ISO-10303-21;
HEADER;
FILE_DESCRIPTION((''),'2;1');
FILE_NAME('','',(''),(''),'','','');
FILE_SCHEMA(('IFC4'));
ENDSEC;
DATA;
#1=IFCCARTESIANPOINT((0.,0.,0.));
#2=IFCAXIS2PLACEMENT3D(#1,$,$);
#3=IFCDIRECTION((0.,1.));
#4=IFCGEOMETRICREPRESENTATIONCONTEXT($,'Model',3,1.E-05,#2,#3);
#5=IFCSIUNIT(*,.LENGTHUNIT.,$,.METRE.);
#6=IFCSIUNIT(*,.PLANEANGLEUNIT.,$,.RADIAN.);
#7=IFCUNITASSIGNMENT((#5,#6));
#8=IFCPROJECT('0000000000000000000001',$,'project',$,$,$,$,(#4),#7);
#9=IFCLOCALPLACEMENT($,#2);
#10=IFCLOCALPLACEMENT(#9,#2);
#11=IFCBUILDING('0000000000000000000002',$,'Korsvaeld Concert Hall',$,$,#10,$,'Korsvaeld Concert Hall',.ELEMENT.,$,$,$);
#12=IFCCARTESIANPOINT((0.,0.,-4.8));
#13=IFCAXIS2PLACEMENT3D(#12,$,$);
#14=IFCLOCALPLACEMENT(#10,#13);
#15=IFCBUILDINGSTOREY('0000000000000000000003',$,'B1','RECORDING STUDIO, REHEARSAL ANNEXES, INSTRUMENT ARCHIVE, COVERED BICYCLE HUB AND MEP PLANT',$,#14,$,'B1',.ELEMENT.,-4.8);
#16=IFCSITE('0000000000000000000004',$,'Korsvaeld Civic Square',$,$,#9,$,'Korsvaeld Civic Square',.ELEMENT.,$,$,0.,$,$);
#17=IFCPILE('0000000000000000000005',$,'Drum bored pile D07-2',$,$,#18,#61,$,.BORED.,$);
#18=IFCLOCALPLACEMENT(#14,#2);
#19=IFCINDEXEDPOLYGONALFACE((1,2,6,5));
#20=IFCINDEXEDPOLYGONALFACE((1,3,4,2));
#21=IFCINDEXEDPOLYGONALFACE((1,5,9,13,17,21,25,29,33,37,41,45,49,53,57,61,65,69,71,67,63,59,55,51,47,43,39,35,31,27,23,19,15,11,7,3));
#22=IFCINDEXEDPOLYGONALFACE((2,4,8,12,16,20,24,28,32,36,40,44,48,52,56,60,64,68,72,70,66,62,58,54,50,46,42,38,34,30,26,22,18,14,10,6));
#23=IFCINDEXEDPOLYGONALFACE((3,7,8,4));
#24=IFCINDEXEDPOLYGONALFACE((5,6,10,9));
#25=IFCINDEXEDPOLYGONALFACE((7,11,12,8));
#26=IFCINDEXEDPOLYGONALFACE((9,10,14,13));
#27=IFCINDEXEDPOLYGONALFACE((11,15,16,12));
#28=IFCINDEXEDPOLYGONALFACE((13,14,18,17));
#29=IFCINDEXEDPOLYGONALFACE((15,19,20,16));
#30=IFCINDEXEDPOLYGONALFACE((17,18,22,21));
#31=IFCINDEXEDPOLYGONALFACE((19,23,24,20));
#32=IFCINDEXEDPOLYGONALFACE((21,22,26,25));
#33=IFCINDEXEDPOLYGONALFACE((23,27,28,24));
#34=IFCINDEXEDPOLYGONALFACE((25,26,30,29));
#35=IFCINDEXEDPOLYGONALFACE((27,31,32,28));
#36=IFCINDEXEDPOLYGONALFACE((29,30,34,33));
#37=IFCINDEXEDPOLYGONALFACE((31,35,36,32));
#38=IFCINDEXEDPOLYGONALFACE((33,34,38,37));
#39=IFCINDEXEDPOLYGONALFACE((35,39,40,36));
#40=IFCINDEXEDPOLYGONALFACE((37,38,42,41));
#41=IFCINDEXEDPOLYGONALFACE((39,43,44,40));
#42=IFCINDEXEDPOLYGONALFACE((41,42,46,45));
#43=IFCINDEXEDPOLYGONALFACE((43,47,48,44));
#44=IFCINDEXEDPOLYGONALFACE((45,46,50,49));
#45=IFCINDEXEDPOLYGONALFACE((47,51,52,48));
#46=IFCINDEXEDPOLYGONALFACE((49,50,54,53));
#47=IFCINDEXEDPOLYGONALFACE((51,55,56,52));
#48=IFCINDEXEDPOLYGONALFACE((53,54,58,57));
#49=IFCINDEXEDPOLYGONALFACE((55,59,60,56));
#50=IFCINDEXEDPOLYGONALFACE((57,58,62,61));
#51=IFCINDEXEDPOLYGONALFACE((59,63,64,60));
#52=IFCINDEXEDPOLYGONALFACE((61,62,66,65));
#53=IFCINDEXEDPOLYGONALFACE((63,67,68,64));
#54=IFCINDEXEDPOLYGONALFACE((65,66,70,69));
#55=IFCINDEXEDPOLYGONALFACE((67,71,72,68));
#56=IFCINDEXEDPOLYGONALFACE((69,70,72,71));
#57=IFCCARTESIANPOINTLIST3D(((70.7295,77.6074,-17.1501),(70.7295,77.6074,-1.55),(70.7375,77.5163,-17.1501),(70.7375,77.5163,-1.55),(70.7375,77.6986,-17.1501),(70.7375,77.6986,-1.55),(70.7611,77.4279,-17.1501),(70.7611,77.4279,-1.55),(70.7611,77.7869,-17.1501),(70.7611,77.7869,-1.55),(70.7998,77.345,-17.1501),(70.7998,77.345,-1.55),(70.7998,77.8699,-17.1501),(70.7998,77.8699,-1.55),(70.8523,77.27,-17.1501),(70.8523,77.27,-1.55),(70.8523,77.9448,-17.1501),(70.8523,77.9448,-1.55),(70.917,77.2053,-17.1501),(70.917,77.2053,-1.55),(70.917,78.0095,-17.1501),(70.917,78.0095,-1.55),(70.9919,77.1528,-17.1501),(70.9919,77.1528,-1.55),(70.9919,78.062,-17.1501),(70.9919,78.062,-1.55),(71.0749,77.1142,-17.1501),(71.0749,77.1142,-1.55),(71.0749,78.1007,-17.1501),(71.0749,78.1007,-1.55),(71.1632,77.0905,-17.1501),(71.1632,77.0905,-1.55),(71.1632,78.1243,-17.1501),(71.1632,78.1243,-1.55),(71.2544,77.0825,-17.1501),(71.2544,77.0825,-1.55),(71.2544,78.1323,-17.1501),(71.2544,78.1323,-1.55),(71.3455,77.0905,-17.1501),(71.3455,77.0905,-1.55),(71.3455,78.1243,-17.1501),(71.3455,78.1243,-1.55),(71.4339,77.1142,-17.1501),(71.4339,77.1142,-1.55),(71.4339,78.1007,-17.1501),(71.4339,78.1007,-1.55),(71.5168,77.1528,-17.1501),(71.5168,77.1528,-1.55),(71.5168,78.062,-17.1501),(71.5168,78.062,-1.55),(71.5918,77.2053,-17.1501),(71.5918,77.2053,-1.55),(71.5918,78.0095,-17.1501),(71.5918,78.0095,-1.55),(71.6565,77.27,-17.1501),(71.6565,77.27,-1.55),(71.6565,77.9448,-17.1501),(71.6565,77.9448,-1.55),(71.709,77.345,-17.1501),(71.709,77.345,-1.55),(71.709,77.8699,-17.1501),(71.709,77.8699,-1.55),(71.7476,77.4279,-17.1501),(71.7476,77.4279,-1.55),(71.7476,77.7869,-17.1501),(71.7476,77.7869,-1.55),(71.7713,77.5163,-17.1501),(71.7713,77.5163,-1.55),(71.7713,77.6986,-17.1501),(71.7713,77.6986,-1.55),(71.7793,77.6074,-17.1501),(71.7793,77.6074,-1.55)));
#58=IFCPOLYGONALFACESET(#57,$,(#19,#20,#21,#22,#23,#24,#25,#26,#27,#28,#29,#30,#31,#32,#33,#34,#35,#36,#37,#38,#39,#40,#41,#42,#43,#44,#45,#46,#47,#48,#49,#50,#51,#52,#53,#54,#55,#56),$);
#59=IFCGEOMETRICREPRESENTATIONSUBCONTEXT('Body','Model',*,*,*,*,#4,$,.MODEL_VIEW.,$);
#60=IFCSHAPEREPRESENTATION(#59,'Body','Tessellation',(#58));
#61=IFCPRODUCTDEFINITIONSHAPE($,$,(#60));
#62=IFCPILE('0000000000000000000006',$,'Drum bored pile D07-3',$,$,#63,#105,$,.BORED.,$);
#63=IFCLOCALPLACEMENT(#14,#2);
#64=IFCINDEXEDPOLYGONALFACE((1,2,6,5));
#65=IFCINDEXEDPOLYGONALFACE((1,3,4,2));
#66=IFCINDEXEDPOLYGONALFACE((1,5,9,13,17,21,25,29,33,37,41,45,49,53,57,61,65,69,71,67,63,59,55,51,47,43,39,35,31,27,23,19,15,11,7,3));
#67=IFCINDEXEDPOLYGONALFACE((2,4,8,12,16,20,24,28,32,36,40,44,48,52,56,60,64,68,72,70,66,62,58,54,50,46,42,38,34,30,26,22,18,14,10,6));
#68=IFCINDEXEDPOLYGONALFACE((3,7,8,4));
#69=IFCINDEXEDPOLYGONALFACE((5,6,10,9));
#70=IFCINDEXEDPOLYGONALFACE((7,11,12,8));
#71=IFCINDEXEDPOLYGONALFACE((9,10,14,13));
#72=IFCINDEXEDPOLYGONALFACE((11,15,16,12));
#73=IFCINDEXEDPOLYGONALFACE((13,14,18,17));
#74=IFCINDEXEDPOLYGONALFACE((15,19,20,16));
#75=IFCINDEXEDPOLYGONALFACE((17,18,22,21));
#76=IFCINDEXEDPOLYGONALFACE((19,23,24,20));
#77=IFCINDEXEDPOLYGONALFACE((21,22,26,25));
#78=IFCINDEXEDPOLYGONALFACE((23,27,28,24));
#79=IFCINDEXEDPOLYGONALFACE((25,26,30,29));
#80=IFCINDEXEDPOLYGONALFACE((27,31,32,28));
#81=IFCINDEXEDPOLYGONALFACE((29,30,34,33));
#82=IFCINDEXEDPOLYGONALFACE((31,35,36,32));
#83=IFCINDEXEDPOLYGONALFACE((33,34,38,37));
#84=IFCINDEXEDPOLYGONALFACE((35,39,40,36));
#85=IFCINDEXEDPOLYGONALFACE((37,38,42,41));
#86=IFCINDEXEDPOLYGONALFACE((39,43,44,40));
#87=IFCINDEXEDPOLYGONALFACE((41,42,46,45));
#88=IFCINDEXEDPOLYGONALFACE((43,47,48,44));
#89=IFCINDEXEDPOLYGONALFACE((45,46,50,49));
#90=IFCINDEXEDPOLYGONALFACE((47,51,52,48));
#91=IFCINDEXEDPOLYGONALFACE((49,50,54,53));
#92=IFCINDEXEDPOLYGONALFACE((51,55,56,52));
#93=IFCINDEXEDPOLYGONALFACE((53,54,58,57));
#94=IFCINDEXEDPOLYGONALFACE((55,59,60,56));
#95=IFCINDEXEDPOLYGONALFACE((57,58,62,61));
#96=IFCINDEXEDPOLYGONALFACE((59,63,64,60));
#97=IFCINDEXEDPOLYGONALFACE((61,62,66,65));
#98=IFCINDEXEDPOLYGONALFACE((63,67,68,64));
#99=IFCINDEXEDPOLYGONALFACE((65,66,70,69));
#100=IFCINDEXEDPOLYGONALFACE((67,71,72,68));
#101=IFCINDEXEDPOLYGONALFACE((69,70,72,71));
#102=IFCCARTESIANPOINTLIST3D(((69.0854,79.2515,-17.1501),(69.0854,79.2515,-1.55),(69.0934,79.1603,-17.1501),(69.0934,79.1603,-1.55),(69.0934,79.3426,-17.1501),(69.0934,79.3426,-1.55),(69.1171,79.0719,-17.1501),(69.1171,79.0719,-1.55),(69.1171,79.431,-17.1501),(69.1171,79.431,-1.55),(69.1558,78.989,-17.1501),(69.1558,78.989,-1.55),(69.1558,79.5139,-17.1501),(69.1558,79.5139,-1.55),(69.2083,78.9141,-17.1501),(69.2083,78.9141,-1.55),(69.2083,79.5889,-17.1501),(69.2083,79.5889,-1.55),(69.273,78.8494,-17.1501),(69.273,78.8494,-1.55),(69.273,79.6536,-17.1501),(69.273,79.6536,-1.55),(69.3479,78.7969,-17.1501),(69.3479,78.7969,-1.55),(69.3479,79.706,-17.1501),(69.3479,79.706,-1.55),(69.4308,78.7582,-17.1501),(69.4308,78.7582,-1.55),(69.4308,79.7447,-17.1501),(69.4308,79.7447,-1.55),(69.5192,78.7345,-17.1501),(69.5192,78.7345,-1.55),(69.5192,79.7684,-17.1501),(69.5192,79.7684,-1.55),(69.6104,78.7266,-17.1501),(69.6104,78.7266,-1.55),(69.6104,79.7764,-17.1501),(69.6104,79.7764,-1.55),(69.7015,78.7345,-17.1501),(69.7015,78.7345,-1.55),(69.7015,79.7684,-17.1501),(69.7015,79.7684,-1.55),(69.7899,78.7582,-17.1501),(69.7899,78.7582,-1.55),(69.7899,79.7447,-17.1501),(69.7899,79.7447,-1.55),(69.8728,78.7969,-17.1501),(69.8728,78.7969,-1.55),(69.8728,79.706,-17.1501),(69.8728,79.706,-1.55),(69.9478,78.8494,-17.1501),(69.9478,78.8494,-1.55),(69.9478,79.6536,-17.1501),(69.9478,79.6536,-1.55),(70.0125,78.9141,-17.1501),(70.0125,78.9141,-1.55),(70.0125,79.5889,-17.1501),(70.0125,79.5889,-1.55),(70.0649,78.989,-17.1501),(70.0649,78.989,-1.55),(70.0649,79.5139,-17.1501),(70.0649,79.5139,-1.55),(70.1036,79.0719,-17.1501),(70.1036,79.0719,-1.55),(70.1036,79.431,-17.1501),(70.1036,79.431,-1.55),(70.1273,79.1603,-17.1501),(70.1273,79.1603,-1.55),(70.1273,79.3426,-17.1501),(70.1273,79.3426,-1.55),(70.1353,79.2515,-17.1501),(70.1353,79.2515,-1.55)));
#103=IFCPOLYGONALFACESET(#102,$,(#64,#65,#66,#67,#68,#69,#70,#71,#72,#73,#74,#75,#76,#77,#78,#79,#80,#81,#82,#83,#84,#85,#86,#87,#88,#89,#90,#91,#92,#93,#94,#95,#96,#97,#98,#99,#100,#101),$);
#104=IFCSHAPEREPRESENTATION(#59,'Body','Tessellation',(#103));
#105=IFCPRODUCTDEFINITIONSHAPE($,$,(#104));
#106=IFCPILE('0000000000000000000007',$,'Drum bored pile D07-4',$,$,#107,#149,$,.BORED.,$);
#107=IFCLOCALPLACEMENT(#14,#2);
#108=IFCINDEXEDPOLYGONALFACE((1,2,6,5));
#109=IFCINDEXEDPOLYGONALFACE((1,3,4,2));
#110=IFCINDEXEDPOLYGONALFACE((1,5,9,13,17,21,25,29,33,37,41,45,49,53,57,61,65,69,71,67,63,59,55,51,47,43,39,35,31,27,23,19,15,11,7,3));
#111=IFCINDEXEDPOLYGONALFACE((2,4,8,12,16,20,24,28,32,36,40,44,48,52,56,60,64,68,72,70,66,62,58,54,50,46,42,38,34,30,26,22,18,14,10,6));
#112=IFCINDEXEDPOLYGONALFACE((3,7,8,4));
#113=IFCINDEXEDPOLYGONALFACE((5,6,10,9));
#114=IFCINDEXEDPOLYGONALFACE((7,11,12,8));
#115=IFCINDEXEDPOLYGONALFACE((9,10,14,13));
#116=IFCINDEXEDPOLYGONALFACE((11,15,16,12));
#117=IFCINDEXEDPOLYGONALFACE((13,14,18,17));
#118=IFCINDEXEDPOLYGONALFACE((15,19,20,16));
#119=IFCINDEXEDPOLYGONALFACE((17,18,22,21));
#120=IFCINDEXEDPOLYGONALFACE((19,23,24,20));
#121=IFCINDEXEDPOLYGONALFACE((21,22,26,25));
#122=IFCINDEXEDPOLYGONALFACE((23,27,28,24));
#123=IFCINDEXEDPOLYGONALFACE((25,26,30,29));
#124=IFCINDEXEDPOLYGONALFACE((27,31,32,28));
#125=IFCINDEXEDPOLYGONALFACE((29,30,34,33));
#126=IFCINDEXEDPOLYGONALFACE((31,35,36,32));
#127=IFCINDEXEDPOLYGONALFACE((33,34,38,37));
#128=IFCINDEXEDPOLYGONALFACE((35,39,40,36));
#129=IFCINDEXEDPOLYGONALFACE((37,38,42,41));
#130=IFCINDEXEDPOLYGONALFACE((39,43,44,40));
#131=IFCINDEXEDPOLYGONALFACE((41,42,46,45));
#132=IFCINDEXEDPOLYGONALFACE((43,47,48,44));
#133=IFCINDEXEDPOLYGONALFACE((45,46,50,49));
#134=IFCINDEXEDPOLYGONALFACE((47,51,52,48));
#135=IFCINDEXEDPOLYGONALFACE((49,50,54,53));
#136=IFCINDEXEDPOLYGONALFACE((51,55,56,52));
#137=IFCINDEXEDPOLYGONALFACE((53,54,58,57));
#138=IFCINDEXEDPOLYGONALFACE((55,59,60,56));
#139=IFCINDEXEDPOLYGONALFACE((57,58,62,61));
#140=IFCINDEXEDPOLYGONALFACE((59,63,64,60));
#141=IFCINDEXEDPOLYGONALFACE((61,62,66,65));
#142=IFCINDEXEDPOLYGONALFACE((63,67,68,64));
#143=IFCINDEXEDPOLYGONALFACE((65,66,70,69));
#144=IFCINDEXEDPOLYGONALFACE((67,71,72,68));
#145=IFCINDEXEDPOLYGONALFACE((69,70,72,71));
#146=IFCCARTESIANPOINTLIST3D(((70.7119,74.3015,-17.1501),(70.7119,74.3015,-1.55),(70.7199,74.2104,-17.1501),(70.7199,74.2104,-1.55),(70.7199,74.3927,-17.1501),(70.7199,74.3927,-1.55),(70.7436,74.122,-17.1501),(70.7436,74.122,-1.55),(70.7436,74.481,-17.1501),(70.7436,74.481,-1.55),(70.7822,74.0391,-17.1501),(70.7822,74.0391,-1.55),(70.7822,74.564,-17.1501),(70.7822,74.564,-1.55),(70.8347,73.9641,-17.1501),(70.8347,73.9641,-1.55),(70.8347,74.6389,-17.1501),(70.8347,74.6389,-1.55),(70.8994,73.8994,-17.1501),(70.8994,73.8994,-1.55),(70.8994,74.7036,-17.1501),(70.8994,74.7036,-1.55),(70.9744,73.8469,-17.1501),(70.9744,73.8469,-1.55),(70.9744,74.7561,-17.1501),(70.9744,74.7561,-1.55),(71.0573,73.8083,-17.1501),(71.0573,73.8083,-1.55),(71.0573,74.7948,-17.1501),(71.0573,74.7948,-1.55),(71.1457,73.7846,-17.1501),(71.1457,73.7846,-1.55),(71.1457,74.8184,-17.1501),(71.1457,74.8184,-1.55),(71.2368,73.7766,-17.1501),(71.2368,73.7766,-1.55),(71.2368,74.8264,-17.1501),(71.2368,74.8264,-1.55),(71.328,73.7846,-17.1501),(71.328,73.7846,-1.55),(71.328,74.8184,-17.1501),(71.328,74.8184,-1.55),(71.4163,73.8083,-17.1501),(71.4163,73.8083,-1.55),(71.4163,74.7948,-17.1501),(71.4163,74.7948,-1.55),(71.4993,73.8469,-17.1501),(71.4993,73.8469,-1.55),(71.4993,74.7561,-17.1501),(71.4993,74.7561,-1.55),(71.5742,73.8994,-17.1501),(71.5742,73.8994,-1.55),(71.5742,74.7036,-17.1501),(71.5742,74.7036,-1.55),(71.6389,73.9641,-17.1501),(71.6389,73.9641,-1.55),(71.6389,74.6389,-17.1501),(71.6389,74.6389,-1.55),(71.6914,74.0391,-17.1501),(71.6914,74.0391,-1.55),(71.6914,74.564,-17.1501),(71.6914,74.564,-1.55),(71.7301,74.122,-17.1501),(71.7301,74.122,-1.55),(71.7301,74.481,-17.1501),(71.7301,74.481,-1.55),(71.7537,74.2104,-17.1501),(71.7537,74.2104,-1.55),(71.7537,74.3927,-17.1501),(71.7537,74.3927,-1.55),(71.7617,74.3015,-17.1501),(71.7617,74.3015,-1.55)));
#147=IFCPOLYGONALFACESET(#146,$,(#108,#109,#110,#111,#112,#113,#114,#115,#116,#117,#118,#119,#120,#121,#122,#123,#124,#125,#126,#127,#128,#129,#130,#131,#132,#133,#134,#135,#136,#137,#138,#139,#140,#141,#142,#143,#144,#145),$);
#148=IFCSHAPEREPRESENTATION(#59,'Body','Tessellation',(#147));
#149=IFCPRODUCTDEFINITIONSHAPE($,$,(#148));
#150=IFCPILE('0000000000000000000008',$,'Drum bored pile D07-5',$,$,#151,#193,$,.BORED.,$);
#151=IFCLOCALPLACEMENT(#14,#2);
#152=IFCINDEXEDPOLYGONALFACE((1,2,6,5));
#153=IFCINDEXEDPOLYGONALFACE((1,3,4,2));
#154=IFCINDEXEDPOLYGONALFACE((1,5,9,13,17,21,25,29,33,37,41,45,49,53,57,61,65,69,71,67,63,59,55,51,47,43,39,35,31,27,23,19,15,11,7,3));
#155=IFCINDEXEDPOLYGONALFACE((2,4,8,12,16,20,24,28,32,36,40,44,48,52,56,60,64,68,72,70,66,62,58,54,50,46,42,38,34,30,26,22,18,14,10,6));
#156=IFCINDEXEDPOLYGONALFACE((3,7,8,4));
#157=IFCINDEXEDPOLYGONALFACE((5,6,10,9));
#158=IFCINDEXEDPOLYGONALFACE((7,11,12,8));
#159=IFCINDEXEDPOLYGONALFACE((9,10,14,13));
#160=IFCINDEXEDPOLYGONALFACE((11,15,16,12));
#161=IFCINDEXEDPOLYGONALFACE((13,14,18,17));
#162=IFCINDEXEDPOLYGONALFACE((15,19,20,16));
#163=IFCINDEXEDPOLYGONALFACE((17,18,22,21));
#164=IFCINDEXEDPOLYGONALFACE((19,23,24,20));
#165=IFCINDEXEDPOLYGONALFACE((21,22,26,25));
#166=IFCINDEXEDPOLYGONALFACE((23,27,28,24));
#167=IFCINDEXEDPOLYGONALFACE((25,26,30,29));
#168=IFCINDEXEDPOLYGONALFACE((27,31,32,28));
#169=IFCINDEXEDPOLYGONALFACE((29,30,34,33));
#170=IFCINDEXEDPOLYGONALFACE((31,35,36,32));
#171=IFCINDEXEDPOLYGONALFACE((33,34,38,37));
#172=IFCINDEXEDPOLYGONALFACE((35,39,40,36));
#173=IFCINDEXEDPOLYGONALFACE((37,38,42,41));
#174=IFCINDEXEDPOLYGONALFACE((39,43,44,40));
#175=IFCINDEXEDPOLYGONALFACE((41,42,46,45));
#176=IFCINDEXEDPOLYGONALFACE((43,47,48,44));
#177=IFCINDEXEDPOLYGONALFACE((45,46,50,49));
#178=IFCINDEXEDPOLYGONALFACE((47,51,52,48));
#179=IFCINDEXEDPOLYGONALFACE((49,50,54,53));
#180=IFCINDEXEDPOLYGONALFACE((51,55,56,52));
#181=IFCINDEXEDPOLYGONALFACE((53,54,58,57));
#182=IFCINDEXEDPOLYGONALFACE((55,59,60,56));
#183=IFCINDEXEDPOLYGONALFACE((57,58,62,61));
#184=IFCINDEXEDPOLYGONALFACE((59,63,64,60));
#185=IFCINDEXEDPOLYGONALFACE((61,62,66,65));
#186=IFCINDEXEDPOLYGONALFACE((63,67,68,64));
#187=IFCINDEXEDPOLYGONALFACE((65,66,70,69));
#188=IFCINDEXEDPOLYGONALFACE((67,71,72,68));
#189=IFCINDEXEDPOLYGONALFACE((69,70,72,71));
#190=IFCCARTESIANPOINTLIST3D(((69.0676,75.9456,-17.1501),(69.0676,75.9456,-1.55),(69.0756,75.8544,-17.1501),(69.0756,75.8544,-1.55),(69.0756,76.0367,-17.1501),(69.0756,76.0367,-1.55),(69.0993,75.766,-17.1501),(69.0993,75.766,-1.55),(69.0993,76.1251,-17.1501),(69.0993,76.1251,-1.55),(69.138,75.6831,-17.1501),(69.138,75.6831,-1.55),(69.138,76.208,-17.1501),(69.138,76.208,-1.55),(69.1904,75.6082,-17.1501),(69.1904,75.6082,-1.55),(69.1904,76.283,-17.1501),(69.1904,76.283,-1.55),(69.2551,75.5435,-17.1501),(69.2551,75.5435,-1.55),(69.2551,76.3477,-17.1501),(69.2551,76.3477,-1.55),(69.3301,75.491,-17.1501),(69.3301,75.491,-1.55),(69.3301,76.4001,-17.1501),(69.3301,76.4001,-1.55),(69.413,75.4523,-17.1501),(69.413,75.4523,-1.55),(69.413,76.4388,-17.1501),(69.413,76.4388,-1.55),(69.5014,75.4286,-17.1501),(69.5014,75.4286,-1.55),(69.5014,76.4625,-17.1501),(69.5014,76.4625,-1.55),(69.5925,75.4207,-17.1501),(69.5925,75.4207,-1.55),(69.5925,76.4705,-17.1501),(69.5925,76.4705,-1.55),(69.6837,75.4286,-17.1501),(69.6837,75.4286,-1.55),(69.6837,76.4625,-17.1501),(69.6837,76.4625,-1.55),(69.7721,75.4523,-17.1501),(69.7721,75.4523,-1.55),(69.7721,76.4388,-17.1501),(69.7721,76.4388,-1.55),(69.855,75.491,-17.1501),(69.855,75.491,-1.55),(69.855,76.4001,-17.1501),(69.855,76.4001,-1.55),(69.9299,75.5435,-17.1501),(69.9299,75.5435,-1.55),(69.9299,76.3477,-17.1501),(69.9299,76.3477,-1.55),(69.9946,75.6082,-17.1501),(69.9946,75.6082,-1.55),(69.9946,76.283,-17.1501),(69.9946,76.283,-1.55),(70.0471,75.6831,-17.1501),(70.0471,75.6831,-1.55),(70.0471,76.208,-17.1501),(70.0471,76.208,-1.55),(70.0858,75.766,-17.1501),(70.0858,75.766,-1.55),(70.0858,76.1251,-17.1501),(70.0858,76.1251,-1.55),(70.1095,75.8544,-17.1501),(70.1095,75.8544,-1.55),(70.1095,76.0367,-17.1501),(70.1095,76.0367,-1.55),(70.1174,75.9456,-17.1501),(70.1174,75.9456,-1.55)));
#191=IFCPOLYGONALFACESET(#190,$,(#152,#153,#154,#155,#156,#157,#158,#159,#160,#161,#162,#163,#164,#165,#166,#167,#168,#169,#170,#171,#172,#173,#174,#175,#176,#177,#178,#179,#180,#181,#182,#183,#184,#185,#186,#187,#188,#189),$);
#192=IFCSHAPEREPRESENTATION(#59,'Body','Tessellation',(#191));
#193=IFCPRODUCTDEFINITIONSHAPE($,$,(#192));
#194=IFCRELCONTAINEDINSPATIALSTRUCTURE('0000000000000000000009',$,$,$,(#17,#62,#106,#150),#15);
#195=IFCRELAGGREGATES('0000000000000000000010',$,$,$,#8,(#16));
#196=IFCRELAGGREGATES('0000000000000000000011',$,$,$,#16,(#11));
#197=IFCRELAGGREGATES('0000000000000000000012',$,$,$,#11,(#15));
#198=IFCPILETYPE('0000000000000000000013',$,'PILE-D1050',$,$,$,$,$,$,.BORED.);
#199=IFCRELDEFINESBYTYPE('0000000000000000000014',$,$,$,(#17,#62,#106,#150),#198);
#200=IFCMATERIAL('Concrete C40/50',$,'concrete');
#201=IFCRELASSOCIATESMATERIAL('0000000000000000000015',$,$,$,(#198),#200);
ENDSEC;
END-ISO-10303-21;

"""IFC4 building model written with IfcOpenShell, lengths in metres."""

from ifc_helpers import new_model, si_unit, direction, frame, origin, origin_2d, place, context, subcontext, project, spatial, circle, extrude, material, material_profile, profile_set, type_object, element, save


model = new_model("IFC4")

# Units and contexts
model_context = context("Model", 3, precision=1e-05, world=origin(), true_north=direction((0.0, 1.0)))
body_context = subcontext(model_context, "Body", "Model", "MODEL_VIEW")
ifc_project = project(units=[si_unit("LENGTHUNIT", "METRE"), si_unit("PLANEANGLEUNIT", "RADIAN")], contexts=[model_context])

# Site, building, storey
site_placement = place(None, origin())
site = spatial("IfcSite", under=ifc_project, at=site_placement, Name="Korsvaeld Civic Square", LongName="Korsvaeld Civic Square", CompositionType="ELEMENT", RefElevation=0.0)
building_placement = place(site_placement, origin())
building = spatial("IfcBuilding", under=site, at=building_placement, Name="Korsvaeld Concert Hall", LongName="Korsvaeld Concert Hall", CompositionType="ELEMENT")
storey_placement = place(building_placement, frame((0.0, 0.0, -4.8)))
storey = spatial("IfcBuildingStorey", under=building, at=storey_placement, Name="B1", Description="RECORDING STUDIO, REHEARSAL ANNEXES, INSTRUMENT ARCHIVE, COVERED BICYCLE HUB AND MEP PLANT", LongName="B1", CompositionType="ELEMENT", Elevation=-4.8)

# Piles
ifc_material_1 = material(Name="Concrete C40/50", Category="concrete")
ifc_material_profile_1 = material_profile(ifc_material_1, circle(Radius=0.5249, at=origin_2d()), Name="BORED PILE D1050")
ifc_profile_set_1 = profile_set([ifc_material_profile_1], Name="Concrete C40/50")
pile_type_1 = type_object("IfcPileType", Name="PILE-D1050", PredefinedType="BORED", material=ifc_profile_set_1)
for number, where, z_axis, x_axis, name in (
    (1, (71.2544, 77.6074, -1.55), (0.0, 0.0, -1.0), (1.0, 0.0, 0.0), "Drum bored pile D07-2"),
    (2, (69.6104, 79.2515, -1.55), (0.0, 0.0, -1.0), (1.0, 0.0, 0.0), "Drum bored pile D07-3"),
    (3, (71.2368, 74.3015, -1.55), (0.0, 0.0, -1.0), (1.0, 0.0, 0.0), "Drum bored pile D07-4"),
    (4, (69.5925, 75.9456, -1.55), (0.0, 0.0, -1.0), (1.0, 0.0, 0.0), "Drum bored pile D07-5"),
):
    element("IfcPile", number, at=place(storey_placement, frame(where, z_axis=z_axis, x_axis=x_axis)), inside=storey, type_object=pile_type_1, Name=name, PredefinedType="BORED", context=body_context, shape_type="SweptSolid", body=[
        extrude(circle(Radius=0.5249, at=origin_2d()), origin(), (0.0, 0.0, 1.0), 15.6001),
    ])

save(model, "model.ifc")
